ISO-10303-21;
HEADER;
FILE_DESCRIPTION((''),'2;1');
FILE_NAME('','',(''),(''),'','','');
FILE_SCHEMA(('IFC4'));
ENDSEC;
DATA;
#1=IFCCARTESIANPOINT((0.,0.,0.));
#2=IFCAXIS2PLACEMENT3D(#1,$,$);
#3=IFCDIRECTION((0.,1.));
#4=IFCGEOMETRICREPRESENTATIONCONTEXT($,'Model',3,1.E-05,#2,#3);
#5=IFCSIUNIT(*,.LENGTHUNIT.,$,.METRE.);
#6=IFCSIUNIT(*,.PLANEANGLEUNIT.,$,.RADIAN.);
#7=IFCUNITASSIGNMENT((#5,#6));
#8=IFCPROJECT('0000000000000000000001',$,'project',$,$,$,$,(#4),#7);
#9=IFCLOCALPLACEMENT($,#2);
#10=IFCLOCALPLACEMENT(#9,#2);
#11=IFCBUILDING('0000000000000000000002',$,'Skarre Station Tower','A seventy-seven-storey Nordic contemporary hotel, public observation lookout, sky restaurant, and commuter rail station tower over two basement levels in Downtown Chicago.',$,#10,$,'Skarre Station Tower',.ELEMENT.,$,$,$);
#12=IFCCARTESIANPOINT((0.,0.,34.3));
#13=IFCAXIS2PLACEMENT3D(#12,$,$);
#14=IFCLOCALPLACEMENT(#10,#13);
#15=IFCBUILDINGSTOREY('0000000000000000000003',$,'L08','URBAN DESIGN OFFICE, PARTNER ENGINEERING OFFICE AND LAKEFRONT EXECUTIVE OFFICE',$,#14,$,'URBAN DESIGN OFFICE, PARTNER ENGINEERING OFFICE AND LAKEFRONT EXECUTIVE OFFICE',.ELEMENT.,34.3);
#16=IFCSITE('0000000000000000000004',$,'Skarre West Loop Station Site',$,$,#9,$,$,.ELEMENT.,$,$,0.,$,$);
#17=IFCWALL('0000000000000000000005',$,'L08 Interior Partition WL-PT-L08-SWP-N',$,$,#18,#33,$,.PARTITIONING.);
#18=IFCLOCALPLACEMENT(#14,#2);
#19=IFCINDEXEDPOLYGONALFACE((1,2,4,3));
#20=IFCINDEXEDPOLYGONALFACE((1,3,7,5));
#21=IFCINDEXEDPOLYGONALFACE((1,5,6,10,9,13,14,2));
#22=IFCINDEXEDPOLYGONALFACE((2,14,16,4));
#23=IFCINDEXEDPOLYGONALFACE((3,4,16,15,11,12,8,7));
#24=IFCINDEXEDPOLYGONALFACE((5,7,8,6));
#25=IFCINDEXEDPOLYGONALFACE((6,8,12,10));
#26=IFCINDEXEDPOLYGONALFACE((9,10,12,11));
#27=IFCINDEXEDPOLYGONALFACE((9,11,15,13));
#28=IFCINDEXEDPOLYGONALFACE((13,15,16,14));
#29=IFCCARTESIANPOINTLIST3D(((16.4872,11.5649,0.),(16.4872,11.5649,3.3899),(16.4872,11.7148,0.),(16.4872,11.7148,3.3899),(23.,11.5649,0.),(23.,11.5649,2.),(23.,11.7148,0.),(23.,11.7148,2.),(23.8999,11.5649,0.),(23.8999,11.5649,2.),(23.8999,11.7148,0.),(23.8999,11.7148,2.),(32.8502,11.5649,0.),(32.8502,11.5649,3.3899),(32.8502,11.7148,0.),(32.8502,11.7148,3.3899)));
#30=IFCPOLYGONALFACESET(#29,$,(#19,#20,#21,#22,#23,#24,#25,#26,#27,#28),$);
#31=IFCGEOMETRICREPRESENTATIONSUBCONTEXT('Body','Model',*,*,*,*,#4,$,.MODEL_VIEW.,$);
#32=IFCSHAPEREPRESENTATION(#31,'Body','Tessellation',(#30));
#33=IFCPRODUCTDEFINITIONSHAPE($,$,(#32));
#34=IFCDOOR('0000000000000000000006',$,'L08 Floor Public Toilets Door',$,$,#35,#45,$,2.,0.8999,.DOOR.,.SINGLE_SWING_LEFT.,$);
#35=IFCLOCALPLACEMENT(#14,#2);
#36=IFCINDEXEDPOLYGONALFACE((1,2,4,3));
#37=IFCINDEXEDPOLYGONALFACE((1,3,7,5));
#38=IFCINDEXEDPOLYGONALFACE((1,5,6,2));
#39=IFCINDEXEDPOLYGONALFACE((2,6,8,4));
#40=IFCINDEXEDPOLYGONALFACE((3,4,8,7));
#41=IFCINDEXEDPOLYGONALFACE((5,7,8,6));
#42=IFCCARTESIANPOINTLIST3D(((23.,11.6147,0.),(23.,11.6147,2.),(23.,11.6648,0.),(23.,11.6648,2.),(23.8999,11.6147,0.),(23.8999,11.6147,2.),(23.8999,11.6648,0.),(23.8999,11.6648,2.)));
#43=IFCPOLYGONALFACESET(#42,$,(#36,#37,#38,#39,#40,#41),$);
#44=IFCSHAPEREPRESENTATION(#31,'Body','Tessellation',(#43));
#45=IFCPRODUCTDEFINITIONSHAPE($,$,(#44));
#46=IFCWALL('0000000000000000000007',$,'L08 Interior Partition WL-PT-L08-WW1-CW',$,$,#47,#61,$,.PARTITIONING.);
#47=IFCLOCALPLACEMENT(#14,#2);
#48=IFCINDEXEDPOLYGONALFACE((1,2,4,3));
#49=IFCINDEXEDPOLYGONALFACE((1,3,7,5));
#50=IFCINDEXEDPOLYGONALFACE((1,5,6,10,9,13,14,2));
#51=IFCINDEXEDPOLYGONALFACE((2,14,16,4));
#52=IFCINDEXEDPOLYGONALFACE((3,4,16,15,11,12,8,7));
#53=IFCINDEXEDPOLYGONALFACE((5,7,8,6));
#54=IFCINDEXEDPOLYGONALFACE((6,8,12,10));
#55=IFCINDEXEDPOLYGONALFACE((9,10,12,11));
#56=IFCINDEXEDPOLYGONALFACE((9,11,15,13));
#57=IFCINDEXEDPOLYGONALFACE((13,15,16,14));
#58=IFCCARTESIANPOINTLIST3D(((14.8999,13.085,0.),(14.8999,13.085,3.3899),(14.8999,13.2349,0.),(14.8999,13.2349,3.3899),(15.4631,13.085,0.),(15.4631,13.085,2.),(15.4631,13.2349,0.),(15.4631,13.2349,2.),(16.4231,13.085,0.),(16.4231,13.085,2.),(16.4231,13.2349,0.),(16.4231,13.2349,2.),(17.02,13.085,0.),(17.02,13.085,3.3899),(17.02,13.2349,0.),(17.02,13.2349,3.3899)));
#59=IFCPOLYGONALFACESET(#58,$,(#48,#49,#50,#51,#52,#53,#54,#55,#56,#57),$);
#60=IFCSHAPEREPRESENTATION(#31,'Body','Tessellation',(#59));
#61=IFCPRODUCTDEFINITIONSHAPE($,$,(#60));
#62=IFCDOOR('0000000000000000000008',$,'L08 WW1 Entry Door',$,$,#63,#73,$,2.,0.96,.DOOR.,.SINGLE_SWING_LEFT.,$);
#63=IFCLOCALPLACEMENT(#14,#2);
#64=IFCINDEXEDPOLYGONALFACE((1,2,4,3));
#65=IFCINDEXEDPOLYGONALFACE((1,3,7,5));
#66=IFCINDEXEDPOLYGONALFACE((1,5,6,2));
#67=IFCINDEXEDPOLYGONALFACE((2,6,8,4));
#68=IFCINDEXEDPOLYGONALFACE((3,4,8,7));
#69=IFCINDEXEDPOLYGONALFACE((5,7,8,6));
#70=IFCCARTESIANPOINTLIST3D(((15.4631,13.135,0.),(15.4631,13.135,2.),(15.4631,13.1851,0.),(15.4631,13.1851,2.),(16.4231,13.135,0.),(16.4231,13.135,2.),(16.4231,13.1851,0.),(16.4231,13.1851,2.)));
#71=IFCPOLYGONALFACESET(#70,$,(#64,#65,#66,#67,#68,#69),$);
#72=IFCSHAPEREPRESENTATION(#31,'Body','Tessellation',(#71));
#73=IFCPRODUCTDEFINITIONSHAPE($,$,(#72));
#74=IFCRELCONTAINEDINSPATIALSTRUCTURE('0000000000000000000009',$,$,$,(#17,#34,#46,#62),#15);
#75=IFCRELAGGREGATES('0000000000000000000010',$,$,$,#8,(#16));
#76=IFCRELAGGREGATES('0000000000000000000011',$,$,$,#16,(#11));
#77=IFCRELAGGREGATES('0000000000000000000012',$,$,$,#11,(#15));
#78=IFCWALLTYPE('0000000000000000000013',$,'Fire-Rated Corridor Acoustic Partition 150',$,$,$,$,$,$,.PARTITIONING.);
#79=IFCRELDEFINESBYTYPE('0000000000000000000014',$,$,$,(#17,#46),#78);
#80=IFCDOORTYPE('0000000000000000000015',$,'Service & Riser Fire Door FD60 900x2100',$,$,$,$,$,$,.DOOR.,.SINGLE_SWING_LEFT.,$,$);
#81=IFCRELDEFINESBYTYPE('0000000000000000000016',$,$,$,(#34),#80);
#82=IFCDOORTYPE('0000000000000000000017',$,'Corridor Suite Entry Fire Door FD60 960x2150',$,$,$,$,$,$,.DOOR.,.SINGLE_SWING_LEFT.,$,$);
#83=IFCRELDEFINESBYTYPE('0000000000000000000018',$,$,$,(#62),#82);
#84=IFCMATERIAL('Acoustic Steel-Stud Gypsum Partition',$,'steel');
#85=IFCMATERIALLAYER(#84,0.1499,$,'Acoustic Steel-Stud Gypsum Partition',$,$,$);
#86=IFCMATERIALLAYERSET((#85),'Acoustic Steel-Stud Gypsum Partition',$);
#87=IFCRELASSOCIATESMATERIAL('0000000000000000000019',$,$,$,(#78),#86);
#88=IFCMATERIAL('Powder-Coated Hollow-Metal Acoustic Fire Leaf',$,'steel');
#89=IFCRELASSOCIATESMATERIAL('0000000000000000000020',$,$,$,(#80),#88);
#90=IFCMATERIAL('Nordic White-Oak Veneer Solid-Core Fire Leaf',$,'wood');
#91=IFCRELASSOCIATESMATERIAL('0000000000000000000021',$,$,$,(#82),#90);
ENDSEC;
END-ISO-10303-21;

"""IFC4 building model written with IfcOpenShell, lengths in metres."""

from ifc_helpers import new_model, si_unit, direction, frame, frame_2d, origin, place, context, subcontext, project, spatial, rectangle, extrude, material, layer, layer_set, type_object, element, fill, save


model = new_model("IFC4")

# Units and contexts
model_context = context("Model", 3, precision=1e-05, world=origin(), true_north=direction((0.0, 1.0)))
body_context = subcontext(model_context, "Body", "Model", "MODEL_VIEW")
ifc_project = project(units=[si_unit("LENGTHUNIT", "METRE"), si_unit("PLANEANGLEUNIT", "RADIAN")], contexts=[model_context])

# Site, building, storey
site_placement = place(None, origin())
site = spatial("IfcSite", under=ifc_project, at=site_placement, Name="Skarre West Loop Station Site", CompositionType="ELEMENT", RefElevation=0.0)
building_placement = place(site_placement, origin())
building = spatial("IfcBuilding", under=site, at=building_placement, Name="Skarre Station Tower", Description="A seventy-seven-storey Nordic contemporary hotel, public observation lookout, sky restaurant, and commuter rail station tower over two basement levels in Downtown Chicago.", LongName="Skarre Station Tower", CompositionType="ELEMENT")
storey_placement = place(building_placement, frame((0.0, 0.0, 34.3)))
storey = spatial("IfcBuildingStorey", under=building, at=storey_placement, Name="L08", Description="URBAN DESIGN OFFICE, PARTNER ENGINEERING OFFICE AND LAKEFRONT EXECUTIVE OFFICE", LongName="URBAN DESIGN OFFICE, PARTNER ENGINEERING OFFICE AND LAKEFRONT EXECUTIVE OFFICE", CompositionType="ELEMENT", Elevation=34.3)

# Shared definitions
ifc_material_1 = material(Name="Acoustic Steel-Stud Gypsum Partition", Category="steel")
ifc_layer_1 = layer(ifc_material_1, 0.1499, Name="Acoustic Steel-Stud Gypsum Partition")
ifc_layer_set_1 = layer_set([ifc_layer_1], Name="Acoustic Steel-Stud Gypsum Partition")
wall_type_1 = type_object("IfcWallType", Name="Fire-Rated Corridor Acoustic Partition 150", PredefinedType="PARTITIONING", material=ifc_layer_set_1)

# Walls, openings, doors
wall_1_placement = place(storey_placement, frame((16.4871, 11.6399, 0.0), z_axis=(0.0, 0.0, 1.0), x_axis=(1.0, 0.0, 0.0)))
wall_1 = element("IfcWall", 1, at=wall_1_placement, inside=storey, type_object=wall_type_1, Name="L08 Interior Partition WL-PT-L08-SWP-N", PredefinedType="PARTITIONING", context=body_context, shape_type="SweptSolid", body=[
    extrude(rectangle(XDim=16.363, YDim=0.1499, at=frame_2d((8.1816, 0.0))), origin(), (0.0, 0.0, 1.0), 3.3899),
])
opening_1_placement = place(wall_1_placement, frame((6.5129, 0.0, 0.0)))
opening_1 = element("IfcOpeningElement", 2, at=opening_1_placement, cuts=wall_1, PredefinedType="OPENING", context=body_context, shape_type="SweptSolid", body=[
    extrude(rectangle(XDim=0.8999, YDim=2.0, at=frame_2d((0.45, 1.0))), frame((0.0, 0.085, 0.0), z_axis=(0.0, -1.0, 0.0), x_axis=(1.0, 0.0, 0.0)), (0.0, 0.0, 1.0), 0.1699),
])
ifc_material_2 = material(Name="Powder-Coated Hollow-Metal Acoustic Fire Leaf", Category="steel")
door_type_1 = type_object("IfcDoorType", Name="Service & Riser Fire Door FD60 900x2100", OperationType="SINGLE_SWING_LEFT", PredefinedType="DOOR", material=ifc_material_2)
door_1_placement = place(opening_1_placement, origin())
door_1 = element("IfcDoor", 3, at=door_1_placement, inside=storey, type_object=door_type_1, Name="L08 Floor Public Toilets Door", OperationType="SINGLE_SWING_LEFT", OverallHeight=2.0, OverallWidth=0.8999, PredefinedType="DOOR", context=body_context, shape_type="SweptSolid", body=[
    extrude(rectangle(XDim=0.8999, YDim=2.0, at=frame_2d((0.45, 1.0))), frame((0.0, 0.0249, 0.0), z_axis=(0.0, -1.0, 0.0), x_axis=(1.0, 0.0, 0.0)), (0.0, 0.0, 1.0), 0.05),
])
fill(opening_1, door_1)
wall_2_placement = place(storey_placement, frame((17.02, 13.1599, 0.0), z_axis=(0.0, 0.0, 1.0), x_axis=(-1.0, 0.0, 0.0)))
wall_2 = element("IfcWall", 4, at=wall_2_placement, inside=storey, type_object=wall_type_1, Name="L08 Interior Partition WL-PT-L08-WW1-CW", PredefinedType="PARTITIONING", context=body_context, shape_type="SweptSolid", body=[
    extrude(rectangle(XDim=2.1201, YDim=0.1499, at=frame_2d((1.0601, 0.0))), origin(), (0.0, 0.0, 1.0), 3.3899),
])
opening_2_placement = place(wall_2_placement, frame((0.5969, 0.0, 0.0)))
opening_2 = element("IfcOpeningElement", 5, at=opening_2_placement, cuts=wall_2, PredefinedType="OPENING", context=body_context, shape_type="SweptSolid", body=[
    extrude(rectangle(XDim=0.96, YDim=2.0, at=frame_2d((0.48, 1.0))), frame((0.0, 0.085, 0.0), z_axis=(0.0, -1.0, 0.0), x_axis=(1.0, 0.0, 0.0)), (0.0, 0.0, 1.0), 0.1699),
])
ifc_material_3 = material(Name="Nordic White-Oak Veneer Solid-Core Fire Leaf", Category="wood")
door_type_2 = type_object("IfcDoorType", Name="Corridor Suite Entry Fire Door FD60 960x2150", OperationType="SINGLE_SWING_LEFT", PredefinedType="DOOR", material=ifc_material_3)
door_2_placement = place(opening_2_placement, origin())
door_2 = element("IfcDoor", 6, at=door_2_placement, inside=storey, type_object=door_type_2, Name="L08 WW1 Entry Door", OperationType="SINGLE_SWING_LEFT", OverallHeight=2.0, OverallWidth=0.96, PredefinedType="DOOR", context=body_context, shape_type="SweptSolid", body=[
    extrude(rectangle(XDim=0.96, YDim=2.0, at=frame_2d((0.48, 1.0))), frame((0.0, 0.0249, 0.0), z_axis=(0.0, -1.0, 0.0), x_axis=(1.0, 0.0, 0.0)), (0.0, 0.0, 1.0), 0.05),
])
fill(opening_2, door_2)

save(model, "model.ifc")
